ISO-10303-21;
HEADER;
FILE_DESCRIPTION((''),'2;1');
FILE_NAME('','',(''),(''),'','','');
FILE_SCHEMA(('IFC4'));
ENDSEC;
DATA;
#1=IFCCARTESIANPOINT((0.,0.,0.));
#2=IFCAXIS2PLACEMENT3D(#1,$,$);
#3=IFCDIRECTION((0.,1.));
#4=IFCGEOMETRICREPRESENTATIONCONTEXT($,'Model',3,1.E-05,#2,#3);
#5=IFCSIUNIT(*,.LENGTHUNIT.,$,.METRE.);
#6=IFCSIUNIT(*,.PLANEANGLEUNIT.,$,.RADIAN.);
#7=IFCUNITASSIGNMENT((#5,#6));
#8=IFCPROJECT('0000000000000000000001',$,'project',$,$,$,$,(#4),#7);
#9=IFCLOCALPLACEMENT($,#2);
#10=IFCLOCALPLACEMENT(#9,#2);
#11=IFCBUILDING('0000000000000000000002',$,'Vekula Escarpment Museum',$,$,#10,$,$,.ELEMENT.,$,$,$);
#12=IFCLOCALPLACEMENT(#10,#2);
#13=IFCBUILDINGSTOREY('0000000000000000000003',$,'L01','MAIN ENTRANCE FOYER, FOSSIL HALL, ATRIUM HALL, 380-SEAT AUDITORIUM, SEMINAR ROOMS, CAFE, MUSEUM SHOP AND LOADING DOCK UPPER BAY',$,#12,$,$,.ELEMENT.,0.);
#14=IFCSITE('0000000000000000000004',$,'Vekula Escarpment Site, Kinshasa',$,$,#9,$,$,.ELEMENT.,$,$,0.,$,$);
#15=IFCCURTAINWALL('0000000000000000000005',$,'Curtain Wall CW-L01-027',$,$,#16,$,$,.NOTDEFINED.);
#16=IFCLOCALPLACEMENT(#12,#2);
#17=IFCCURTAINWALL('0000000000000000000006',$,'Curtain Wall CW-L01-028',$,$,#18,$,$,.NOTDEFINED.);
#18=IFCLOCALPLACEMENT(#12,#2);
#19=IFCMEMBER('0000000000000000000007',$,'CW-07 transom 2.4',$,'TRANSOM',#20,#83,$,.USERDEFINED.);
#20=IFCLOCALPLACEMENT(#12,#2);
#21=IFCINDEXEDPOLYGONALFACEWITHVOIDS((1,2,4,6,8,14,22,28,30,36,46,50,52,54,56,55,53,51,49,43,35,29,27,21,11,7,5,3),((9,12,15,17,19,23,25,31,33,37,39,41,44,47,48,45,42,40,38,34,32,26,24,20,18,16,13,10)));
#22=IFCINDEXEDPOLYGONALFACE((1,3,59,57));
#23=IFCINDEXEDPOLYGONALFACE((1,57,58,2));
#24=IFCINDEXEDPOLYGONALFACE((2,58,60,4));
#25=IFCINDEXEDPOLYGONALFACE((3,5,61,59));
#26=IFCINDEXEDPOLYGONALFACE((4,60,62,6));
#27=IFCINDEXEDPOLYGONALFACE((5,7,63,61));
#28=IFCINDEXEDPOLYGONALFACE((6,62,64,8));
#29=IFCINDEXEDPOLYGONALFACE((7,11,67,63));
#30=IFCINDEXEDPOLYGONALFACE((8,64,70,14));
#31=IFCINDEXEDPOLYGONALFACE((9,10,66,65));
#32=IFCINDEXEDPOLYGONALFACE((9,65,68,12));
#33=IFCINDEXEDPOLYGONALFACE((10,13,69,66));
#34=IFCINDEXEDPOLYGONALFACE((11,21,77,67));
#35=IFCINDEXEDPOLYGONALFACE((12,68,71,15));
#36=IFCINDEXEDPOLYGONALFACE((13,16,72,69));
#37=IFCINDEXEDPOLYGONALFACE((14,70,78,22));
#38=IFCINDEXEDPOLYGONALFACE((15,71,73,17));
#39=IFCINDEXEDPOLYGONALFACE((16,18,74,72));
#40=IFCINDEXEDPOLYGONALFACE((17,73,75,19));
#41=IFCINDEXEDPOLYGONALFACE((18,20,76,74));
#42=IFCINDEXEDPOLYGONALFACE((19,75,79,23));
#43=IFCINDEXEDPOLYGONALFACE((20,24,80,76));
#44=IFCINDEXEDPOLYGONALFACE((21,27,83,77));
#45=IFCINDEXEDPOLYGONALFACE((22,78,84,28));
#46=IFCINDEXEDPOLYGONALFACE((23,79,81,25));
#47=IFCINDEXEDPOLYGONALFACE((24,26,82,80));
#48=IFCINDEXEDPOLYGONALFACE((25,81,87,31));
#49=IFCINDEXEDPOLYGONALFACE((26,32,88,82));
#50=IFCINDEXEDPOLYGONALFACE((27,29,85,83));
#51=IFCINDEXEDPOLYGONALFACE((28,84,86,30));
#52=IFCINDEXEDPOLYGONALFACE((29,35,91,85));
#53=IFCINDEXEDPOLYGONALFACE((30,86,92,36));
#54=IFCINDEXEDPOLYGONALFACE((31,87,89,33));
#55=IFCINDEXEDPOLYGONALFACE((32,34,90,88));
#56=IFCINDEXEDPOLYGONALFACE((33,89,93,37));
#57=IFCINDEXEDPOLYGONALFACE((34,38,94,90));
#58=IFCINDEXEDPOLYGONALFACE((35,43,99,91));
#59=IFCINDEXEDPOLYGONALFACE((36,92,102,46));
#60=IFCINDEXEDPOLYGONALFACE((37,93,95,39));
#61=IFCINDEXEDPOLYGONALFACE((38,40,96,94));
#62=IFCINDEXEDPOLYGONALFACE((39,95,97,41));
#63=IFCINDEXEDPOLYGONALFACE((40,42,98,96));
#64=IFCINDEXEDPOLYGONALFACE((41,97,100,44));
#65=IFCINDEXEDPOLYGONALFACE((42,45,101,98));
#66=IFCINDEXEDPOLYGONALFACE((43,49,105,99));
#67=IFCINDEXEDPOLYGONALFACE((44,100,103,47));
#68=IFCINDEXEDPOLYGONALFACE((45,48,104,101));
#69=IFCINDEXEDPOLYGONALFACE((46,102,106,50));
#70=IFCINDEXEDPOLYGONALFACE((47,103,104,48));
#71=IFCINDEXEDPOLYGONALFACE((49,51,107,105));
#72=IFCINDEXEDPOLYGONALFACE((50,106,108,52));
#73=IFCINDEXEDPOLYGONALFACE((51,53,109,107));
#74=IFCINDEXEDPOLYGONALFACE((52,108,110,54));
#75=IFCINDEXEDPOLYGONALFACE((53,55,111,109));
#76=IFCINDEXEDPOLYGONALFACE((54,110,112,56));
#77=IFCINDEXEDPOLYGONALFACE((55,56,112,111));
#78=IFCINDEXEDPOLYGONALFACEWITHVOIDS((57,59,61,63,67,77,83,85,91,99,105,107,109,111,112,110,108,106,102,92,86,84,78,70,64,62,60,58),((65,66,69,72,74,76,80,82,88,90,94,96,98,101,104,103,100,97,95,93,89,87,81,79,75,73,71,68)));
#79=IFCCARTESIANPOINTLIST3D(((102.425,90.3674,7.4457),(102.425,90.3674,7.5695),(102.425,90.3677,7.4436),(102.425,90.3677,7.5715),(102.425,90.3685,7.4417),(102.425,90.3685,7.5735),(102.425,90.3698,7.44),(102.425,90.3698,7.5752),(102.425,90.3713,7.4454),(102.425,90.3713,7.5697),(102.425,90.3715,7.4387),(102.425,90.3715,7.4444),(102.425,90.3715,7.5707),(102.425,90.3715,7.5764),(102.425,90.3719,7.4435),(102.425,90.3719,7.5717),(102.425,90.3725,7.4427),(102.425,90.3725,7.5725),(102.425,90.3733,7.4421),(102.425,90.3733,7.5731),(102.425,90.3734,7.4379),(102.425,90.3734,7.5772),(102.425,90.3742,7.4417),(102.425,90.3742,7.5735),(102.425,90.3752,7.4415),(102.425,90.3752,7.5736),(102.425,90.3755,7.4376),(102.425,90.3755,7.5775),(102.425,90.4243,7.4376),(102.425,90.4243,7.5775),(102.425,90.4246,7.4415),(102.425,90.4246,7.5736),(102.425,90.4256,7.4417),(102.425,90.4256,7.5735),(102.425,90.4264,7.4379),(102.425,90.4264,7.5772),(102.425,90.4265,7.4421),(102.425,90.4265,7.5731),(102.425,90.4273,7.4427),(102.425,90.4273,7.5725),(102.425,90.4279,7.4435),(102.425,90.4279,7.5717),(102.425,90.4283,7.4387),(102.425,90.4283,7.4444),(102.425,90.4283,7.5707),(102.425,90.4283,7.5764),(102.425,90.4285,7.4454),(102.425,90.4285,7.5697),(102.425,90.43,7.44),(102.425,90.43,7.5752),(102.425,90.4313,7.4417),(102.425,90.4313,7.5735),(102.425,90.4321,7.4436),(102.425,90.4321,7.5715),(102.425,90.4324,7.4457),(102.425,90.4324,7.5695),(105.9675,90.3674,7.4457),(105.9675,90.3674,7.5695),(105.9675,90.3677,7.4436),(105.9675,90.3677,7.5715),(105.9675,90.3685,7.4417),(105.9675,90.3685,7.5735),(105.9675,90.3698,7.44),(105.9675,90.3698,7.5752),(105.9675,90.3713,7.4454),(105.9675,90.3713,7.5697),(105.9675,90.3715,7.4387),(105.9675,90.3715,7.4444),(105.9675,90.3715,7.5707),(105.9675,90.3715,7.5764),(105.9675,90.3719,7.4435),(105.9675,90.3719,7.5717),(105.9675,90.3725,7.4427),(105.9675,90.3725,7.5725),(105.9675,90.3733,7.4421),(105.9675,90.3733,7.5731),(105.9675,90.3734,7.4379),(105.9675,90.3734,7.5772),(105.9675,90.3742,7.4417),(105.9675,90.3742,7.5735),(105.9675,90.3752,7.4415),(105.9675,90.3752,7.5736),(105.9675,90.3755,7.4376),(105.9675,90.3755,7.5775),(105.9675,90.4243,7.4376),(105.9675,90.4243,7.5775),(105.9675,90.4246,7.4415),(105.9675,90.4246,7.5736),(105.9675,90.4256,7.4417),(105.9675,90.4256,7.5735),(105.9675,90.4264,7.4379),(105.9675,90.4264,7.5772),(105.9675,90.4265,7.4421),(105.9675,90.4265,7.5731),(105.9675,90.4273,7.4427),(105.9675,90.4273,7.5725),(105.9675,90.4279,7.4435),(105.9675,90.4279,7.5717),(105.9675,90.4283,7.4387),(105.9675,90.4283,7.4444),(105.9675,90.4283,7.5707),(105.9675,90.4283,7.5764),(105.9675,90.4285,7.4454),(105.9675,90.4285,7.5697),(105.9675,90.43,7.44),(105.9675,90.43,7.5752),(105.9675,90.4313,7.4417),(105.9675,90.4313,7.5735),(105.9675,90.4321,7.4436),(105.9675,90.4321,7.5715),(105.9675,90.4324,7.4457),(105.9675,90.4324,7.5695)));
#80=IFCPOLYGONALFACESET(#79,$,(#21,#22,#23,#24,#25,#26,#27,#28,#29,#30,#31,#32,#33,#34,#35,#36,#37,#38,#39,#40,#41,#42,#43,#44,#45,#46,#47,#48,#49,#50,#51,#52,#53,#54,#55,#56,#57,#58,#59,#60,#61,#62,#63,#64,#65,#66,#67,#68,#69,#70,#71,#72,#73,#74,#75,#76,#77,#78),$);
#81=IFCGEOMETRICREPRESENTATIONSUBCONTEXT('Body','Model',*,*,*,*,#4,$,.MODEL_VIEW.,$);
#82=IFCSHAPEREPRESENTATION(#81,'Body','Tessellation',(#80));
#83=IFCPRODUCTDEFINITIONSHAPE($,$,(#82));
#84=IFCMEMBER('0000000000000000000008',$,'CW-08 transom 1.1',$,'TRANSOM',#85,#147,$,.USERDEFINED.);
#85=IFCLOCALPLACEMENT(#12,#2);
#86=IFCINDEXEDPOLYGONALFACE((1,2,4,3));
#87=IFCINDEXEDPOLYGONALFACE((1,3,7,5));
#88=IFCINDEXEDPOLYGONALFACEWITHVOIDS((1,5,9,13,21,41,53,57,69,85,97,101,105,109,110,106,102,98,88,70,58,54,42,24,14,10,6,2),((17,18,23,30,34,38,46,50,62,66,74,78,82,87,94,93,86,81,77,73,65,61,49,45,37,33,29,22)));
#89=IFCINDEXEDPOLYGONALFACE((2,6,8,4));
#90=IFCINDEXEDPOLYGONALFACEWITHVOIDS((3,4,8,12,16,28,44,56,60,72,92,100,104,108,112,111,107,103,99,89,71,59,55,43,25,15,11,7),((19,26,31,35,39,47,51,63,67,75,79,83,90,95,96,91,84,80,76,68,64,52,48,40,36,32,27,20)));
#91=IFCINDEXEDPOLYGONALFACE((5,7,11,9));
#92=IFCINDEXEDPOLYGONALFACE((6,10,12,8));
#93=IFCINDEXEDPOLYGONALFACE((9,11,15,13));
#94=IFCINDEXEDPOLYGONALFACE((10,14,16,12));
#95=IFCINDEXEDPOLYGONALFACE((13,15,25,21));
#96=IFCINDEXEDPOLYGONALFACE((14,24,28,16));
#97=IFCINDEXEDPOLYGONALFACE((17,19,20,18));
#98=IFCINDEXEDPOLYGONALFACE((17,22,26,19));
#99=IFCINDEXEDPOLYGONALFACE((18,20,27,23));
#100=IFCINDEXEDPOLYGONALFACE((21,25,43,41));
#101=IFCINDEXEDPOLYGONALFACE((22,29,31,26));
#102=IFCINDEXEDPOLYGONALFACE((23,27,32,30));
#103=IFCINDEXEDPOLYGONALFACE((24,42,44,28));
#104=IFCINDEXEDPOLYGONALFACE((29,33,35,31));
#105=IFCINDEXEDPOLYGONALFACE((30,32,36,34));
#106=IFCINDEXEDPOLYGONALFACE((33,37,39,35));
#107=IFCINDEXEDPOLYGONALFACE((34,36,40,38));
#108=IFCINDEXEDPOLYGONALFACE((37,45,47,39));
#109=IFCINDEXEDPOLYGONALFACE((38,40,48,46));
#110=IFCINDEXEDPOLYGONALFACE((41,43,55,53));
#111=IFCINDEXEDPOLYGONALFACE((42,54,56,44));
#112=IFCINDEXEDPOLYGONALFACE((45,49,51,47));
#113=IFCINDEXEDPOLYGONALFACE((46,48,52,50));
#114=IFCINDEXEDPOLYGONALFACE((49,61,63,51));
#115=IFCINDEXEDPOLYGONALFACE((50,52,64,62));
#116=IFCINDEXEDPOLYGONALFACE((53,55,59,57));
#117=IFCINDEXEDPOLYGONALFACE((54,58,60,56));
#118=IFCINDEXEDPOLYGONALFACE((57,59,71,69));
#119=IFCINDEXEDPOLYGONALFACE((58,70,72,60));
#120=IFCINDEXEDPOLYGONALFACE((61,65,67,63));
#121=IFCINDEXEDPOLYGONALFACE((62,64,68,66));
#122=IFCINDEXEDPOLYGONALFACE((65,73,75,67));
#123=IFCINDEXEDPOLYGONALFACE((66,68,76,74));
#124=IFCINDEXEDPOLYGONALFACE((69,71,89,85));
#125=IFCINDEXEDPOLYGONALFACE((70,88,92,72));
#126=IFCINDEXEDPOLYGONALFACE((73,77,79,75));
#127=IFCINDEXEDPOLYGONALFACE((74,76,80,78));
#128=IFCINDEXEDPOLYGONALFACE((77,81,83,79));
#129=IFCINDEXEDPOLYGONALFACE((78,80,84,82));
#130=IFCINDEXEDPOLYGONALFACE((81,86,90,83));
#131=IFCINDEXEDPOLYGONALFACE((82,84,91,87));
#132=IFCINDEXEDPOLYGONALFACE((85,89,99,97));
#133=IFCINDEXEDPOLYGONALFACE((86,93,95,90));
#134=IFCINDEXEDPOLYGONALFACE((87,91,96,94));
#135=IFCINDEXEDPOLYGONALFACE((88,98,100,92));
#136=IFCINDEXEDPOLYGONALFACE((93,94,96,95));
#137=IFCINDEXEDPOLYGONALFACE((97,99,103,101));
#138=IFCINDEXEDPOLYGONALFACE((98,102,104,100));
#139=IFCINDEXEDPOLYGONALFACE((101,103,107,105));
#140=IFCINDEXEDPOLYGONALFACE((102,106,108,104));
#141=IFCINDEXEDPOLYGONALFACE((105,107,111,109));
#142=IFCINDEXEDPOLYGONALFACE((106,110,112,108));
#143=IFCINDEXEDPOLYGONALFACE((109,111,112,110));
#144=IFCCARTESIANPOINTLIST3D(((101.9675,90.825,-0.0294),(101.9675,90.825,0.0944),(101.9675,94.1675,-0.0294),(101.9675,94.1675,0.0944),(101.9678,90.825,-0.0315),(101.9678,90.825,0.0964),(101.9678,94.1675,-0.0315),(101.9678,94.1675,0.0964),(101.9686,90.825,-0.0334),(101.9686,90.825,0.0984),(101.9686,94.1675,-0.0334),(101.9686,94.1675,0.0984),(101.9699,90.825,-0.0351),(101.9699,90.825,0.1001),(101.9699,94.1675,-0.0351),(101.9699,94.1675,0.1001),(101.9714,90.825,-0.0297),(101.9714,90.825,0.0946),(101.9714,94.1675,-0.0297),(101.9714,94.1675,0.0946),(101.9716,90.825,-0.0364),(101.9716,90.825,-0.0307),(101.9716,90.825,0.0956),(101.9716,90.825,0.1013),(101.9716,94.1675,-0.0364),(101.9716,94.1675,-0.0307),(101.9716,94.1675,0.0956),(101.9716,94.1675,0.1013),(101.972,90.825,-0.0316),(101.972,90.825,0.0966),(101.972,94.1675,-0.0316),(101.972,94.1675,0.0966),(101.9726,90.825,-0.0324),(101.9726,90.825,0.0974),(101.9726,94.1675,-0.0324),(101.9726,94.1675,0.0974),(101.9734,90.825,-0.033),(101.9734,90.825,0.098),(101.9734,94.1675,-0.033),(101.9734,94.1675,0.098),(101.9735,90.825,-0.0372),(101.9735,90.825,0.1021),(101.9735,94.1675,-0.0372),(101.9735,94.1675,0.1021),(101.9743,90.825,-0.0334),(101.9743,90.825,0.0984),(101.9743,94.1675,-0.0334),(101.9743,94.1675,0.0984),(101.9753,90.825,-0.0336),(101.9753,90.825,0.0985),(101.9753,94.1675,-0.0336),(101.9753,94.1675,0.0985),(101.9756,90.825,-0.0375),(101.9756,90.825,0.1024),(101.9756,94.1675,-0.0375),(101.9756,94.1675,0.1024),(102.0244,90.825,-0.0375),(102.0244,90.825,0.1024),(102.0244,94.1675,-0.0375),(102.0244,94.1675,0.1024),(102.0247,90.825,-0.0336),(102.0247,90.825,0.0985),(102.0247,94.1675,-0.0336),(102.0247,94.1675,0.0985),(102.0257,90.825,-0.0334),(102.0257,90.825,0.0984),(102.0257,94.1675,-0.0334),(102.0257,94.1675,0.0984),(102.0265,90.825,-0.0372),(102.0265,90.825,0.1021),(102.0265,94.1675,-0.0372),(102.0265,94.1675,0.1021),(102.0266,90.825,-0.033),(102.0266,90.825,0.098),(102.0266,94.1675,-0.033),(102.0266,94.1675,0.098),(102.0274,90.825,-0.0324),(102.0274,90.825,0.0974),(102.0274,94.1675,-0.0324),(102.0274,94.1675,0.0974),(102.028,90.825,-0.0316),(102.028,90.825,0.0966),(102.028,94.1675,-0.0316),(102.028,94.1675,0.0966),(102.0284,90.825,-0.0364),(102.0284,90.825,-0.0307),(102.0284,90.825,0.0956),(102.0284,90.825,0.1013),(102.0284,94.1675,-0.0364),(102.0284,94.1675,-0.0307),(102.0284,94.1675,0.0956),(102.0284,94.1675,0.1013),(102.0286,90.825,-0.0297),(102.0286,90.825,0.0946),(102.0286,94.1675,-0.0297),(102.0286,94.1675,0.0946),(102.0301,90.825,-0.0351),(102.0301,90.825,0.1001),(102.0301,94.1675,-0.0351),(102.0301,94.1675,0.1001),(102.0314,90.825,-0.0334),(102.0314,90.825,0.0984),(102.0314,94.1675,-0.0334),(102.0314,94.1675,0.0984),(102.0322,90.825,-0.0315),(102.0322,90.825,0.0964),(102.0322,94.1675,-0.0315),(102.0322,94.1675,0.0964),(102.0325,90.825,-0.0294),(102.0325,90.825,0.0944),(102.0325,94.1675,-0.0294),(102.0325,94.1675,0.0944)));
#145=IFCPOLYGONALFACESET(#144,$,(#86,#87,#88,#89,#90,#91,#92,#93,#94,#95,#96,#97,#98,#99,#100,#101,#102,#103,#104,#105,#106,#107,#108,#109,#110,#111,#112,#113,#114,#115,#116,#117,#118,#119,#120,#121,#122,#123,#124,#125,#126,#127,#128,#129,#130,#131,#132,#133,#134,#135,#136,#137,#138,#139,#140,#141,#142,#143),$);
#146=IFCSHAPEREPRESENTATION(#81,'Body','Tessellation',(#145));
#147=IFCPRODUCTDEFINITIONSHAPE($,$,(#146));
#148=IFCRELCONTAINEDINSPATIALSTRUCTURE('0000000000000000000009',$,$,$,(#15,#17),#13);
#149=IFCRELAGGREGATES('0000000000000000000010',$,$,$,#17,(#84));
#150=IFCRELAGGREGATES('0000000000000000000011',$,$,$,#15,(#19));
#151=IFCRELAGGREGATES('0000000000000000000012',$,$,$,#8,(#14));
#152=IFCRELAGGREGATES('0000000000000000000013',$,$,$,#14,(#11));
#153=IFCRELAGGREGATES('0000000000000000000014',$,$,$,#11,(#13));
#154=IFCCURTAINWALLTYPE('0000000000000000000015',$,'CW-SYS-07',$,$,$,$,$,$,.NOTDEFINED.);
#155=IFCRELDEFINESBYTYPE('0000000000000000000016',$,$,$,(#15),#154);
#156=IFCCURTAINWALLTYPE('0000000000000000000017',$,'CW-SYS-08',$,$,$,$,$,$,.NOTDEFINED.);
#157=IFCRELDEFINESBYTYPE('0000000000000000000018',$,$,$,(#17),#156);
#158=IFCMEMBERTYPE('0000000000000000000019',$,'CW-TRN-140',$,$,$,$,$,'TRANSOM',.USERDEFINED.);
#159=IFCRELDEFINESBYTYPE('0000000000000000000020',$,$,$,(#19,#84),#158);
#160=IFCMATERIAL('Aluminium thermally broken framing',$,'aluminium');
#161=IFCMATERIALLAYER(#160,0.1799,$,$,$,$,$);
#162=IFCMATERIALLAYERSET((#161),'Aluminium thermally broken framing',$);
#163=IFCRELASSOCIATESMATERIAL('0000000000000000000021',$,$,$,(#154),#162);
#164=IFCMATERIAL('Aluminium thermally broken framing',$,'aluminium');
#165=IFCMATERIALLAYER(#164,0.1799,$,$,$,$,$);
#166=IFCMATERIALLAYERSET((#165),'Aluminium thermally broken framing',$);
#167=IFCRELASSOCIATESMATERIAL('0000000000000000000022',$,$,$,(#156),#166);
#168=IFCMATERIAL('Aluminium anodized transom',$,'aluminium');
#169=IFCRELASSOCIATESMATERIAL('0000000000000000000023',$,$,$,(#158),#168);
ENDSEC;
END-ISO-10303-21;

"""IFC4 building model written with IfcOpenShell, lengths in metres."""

from ifc_helpers import new_model, si_unit, direction, frame, origin, origin_2d, place, context, subcontext, project, spatial, hollow_rectangle, extrude, material, layer, layer_set, material_profile, profile_set, type_object, element, aggregate, save


model = new_model("IFC4")

# Units and contexts
model_context = context("Model", 3, precision=1e-05, world=origin(), true_north=direction((0.0, 1.0)))
body_context = subcontext(model_context, "Body", "Model", "MODEL_VIEW")
ifc_project = project(units=[si_unit("LENGTHUNIT", "METRE"), si_unit("PLANEANGLEUNIT", "RADIAN")], contexts=[model_context])

# Site, building, storey
site_placement = place(None, origin())
site = spatial("IfcSite", under=ifc_project, at=site_placement, Name="Vekula Escarpment Site, Kinshasa", CompositionType="ELEMENT", RefElevation=0.0)
building_placement = place(site_placement, origin())
building = spatial("IfcBuilding", under=site, at=building_placement, Name="Vekula Escarpment Museum", CompositionType="ELEMENT")
storey_placement = place(building_placement, origin())
storey = spatial("IfcBuildingStorey", under=building, at=storey_placement, Name="L01", Description="MAIN ENTRANCE FOYER, FOSSIL HALL, ATRIUM HALL, 380-SEAT AUDITORIUM, SEMINAR ROOMS, CAFE, MUSEUM SHOP AND LOADING DOCK UPPER BAY", CompositionType="ELEMENT", Elevation=0.0)

# Curtain wall
ifc_material_1 = material(Name="Aluminium thermally broken framing", Category="aluminium")
ifc_layer_1 = layer(ifc_material_1, 0.1799)
ifc_layer_set_1 = layer_set([ifc_layer_1], Name="Aluminium thermally broken framing")
curtain_wall_type_1 = type_object("IfcCurtainWallType", Name="CW-SYS-07", PredefinedType="NOTDEFINED", material=ifc_layer_set_1)
curtain_wall_1_placement = place(storey_placement, origin())
curtain_wall_1 = element("IfcCurtainWall", 1, at=curtain_wall_1_placement, inside=storey, type_object=curtain_wall_type_1, Name="Curtain Wall CW-L01-027", PredefinedType="NOTDEFINED")

# Curtain wall
ifc_material_2 = material(Name="Aluminium thermally broken framing", Category="aluminium")
ifc_layer_2 = layer(ifc_material_2, 0.1799)
ifc_layer_set_2 = layer_set([ifc_layer_2], Name="Aluminium thermally broken framing")
curtain_wall_type_2 = type_object("IfcCurtainWallType", Name="CW-SYS-08", PredefinedType="NOTDEFINED", material=ifc_layer_set_2)
curtain_wall_2_placement = place(storey_placement, origin())
curtain_wall_2 = element("IfcCurtainWall", 2, at=curtain_wall_2_placement, inside=storey, type_object=curtain_wall_type_2, Name="Curtain Wall CW-L01-028", PredefinedType="NOTDEFINED")

# Members
ifc_material_3 = material(Name="Aluminium anodized transom", Category="aluminium")
ifc_material_profile_1 = material_profile(ifc_material_3, hollow_rectangle(XDim=0.0649, YDim=0.1399, WallThickness=0.0039, InnerFilletRadius=0.0039, OuterFilletRadius=0.0081, at=origin_2d()), Name="ALU 140x65x4")
ifc_profile_set_1 = profile_set([ifc_material_profile_1], Name="Aluminium anodized transom")
member_type_1 = type_object("IfcMemberType", Name="CW-TRN-140", ElementType="TRANSOM", PredefinedType="USERDEFINED", material=ifc_profile_set_1)
member_1_placement = place(storey_placement, frame((105.9675, 90.3999, 7.5076), z_axis=(-1.0, 0.0, 0.0), x_axis=(0.0, -1.0, 0.0)))
member_1 = element("IfcMember", 3, at=member_1_placement, type_object=member_type_1, Name="CW-07 transom 2.4", ObjectType="TRANSOM", PredefinedType="USERDEFINED", context=body_context, shape_type="SweptSolid", body=[
    extrude(hollow_rectangle(XDim=0.0649, YDim=0.1399, WallThickness=0.0039, InnerFilletRadius=0.0039, OuterFilletRadius=0.0081, at=origin_2d()), origin(), (0.0, 0.0, 1.0), 3.5425),
])
member_2_placement = place(storey_placement, frame((102.0, 90.825, 0.0325), z_axis=(0.0, 1.0, 0.0), x_axis=(-1.0, 0.0, 0.0)))
member_2 = element("IfcMember", 4, at=member_2_placement, type_object=member_type_1, Name="CW-08 transom 1.1", ObjectType="TRANSOM", PredefinedType="USERDEFINED", context=body_context, shape_type="SweptSolid", body=[
    extrude(hollow_rectangle(XDim=0.0649, YDim=0.1399, WallThickness=0.0039, InnerFilletRadius=0.0039, OuterFilletRadius=0.0081, at=origin_2d()), origin(), (0.0, 0.0, 1.0), 3.3425),
])
aggregate(curtain_wall_2, [member_2])

aggregate(curtain_wall_1, [member_1])

save(model, "model.ifc")
